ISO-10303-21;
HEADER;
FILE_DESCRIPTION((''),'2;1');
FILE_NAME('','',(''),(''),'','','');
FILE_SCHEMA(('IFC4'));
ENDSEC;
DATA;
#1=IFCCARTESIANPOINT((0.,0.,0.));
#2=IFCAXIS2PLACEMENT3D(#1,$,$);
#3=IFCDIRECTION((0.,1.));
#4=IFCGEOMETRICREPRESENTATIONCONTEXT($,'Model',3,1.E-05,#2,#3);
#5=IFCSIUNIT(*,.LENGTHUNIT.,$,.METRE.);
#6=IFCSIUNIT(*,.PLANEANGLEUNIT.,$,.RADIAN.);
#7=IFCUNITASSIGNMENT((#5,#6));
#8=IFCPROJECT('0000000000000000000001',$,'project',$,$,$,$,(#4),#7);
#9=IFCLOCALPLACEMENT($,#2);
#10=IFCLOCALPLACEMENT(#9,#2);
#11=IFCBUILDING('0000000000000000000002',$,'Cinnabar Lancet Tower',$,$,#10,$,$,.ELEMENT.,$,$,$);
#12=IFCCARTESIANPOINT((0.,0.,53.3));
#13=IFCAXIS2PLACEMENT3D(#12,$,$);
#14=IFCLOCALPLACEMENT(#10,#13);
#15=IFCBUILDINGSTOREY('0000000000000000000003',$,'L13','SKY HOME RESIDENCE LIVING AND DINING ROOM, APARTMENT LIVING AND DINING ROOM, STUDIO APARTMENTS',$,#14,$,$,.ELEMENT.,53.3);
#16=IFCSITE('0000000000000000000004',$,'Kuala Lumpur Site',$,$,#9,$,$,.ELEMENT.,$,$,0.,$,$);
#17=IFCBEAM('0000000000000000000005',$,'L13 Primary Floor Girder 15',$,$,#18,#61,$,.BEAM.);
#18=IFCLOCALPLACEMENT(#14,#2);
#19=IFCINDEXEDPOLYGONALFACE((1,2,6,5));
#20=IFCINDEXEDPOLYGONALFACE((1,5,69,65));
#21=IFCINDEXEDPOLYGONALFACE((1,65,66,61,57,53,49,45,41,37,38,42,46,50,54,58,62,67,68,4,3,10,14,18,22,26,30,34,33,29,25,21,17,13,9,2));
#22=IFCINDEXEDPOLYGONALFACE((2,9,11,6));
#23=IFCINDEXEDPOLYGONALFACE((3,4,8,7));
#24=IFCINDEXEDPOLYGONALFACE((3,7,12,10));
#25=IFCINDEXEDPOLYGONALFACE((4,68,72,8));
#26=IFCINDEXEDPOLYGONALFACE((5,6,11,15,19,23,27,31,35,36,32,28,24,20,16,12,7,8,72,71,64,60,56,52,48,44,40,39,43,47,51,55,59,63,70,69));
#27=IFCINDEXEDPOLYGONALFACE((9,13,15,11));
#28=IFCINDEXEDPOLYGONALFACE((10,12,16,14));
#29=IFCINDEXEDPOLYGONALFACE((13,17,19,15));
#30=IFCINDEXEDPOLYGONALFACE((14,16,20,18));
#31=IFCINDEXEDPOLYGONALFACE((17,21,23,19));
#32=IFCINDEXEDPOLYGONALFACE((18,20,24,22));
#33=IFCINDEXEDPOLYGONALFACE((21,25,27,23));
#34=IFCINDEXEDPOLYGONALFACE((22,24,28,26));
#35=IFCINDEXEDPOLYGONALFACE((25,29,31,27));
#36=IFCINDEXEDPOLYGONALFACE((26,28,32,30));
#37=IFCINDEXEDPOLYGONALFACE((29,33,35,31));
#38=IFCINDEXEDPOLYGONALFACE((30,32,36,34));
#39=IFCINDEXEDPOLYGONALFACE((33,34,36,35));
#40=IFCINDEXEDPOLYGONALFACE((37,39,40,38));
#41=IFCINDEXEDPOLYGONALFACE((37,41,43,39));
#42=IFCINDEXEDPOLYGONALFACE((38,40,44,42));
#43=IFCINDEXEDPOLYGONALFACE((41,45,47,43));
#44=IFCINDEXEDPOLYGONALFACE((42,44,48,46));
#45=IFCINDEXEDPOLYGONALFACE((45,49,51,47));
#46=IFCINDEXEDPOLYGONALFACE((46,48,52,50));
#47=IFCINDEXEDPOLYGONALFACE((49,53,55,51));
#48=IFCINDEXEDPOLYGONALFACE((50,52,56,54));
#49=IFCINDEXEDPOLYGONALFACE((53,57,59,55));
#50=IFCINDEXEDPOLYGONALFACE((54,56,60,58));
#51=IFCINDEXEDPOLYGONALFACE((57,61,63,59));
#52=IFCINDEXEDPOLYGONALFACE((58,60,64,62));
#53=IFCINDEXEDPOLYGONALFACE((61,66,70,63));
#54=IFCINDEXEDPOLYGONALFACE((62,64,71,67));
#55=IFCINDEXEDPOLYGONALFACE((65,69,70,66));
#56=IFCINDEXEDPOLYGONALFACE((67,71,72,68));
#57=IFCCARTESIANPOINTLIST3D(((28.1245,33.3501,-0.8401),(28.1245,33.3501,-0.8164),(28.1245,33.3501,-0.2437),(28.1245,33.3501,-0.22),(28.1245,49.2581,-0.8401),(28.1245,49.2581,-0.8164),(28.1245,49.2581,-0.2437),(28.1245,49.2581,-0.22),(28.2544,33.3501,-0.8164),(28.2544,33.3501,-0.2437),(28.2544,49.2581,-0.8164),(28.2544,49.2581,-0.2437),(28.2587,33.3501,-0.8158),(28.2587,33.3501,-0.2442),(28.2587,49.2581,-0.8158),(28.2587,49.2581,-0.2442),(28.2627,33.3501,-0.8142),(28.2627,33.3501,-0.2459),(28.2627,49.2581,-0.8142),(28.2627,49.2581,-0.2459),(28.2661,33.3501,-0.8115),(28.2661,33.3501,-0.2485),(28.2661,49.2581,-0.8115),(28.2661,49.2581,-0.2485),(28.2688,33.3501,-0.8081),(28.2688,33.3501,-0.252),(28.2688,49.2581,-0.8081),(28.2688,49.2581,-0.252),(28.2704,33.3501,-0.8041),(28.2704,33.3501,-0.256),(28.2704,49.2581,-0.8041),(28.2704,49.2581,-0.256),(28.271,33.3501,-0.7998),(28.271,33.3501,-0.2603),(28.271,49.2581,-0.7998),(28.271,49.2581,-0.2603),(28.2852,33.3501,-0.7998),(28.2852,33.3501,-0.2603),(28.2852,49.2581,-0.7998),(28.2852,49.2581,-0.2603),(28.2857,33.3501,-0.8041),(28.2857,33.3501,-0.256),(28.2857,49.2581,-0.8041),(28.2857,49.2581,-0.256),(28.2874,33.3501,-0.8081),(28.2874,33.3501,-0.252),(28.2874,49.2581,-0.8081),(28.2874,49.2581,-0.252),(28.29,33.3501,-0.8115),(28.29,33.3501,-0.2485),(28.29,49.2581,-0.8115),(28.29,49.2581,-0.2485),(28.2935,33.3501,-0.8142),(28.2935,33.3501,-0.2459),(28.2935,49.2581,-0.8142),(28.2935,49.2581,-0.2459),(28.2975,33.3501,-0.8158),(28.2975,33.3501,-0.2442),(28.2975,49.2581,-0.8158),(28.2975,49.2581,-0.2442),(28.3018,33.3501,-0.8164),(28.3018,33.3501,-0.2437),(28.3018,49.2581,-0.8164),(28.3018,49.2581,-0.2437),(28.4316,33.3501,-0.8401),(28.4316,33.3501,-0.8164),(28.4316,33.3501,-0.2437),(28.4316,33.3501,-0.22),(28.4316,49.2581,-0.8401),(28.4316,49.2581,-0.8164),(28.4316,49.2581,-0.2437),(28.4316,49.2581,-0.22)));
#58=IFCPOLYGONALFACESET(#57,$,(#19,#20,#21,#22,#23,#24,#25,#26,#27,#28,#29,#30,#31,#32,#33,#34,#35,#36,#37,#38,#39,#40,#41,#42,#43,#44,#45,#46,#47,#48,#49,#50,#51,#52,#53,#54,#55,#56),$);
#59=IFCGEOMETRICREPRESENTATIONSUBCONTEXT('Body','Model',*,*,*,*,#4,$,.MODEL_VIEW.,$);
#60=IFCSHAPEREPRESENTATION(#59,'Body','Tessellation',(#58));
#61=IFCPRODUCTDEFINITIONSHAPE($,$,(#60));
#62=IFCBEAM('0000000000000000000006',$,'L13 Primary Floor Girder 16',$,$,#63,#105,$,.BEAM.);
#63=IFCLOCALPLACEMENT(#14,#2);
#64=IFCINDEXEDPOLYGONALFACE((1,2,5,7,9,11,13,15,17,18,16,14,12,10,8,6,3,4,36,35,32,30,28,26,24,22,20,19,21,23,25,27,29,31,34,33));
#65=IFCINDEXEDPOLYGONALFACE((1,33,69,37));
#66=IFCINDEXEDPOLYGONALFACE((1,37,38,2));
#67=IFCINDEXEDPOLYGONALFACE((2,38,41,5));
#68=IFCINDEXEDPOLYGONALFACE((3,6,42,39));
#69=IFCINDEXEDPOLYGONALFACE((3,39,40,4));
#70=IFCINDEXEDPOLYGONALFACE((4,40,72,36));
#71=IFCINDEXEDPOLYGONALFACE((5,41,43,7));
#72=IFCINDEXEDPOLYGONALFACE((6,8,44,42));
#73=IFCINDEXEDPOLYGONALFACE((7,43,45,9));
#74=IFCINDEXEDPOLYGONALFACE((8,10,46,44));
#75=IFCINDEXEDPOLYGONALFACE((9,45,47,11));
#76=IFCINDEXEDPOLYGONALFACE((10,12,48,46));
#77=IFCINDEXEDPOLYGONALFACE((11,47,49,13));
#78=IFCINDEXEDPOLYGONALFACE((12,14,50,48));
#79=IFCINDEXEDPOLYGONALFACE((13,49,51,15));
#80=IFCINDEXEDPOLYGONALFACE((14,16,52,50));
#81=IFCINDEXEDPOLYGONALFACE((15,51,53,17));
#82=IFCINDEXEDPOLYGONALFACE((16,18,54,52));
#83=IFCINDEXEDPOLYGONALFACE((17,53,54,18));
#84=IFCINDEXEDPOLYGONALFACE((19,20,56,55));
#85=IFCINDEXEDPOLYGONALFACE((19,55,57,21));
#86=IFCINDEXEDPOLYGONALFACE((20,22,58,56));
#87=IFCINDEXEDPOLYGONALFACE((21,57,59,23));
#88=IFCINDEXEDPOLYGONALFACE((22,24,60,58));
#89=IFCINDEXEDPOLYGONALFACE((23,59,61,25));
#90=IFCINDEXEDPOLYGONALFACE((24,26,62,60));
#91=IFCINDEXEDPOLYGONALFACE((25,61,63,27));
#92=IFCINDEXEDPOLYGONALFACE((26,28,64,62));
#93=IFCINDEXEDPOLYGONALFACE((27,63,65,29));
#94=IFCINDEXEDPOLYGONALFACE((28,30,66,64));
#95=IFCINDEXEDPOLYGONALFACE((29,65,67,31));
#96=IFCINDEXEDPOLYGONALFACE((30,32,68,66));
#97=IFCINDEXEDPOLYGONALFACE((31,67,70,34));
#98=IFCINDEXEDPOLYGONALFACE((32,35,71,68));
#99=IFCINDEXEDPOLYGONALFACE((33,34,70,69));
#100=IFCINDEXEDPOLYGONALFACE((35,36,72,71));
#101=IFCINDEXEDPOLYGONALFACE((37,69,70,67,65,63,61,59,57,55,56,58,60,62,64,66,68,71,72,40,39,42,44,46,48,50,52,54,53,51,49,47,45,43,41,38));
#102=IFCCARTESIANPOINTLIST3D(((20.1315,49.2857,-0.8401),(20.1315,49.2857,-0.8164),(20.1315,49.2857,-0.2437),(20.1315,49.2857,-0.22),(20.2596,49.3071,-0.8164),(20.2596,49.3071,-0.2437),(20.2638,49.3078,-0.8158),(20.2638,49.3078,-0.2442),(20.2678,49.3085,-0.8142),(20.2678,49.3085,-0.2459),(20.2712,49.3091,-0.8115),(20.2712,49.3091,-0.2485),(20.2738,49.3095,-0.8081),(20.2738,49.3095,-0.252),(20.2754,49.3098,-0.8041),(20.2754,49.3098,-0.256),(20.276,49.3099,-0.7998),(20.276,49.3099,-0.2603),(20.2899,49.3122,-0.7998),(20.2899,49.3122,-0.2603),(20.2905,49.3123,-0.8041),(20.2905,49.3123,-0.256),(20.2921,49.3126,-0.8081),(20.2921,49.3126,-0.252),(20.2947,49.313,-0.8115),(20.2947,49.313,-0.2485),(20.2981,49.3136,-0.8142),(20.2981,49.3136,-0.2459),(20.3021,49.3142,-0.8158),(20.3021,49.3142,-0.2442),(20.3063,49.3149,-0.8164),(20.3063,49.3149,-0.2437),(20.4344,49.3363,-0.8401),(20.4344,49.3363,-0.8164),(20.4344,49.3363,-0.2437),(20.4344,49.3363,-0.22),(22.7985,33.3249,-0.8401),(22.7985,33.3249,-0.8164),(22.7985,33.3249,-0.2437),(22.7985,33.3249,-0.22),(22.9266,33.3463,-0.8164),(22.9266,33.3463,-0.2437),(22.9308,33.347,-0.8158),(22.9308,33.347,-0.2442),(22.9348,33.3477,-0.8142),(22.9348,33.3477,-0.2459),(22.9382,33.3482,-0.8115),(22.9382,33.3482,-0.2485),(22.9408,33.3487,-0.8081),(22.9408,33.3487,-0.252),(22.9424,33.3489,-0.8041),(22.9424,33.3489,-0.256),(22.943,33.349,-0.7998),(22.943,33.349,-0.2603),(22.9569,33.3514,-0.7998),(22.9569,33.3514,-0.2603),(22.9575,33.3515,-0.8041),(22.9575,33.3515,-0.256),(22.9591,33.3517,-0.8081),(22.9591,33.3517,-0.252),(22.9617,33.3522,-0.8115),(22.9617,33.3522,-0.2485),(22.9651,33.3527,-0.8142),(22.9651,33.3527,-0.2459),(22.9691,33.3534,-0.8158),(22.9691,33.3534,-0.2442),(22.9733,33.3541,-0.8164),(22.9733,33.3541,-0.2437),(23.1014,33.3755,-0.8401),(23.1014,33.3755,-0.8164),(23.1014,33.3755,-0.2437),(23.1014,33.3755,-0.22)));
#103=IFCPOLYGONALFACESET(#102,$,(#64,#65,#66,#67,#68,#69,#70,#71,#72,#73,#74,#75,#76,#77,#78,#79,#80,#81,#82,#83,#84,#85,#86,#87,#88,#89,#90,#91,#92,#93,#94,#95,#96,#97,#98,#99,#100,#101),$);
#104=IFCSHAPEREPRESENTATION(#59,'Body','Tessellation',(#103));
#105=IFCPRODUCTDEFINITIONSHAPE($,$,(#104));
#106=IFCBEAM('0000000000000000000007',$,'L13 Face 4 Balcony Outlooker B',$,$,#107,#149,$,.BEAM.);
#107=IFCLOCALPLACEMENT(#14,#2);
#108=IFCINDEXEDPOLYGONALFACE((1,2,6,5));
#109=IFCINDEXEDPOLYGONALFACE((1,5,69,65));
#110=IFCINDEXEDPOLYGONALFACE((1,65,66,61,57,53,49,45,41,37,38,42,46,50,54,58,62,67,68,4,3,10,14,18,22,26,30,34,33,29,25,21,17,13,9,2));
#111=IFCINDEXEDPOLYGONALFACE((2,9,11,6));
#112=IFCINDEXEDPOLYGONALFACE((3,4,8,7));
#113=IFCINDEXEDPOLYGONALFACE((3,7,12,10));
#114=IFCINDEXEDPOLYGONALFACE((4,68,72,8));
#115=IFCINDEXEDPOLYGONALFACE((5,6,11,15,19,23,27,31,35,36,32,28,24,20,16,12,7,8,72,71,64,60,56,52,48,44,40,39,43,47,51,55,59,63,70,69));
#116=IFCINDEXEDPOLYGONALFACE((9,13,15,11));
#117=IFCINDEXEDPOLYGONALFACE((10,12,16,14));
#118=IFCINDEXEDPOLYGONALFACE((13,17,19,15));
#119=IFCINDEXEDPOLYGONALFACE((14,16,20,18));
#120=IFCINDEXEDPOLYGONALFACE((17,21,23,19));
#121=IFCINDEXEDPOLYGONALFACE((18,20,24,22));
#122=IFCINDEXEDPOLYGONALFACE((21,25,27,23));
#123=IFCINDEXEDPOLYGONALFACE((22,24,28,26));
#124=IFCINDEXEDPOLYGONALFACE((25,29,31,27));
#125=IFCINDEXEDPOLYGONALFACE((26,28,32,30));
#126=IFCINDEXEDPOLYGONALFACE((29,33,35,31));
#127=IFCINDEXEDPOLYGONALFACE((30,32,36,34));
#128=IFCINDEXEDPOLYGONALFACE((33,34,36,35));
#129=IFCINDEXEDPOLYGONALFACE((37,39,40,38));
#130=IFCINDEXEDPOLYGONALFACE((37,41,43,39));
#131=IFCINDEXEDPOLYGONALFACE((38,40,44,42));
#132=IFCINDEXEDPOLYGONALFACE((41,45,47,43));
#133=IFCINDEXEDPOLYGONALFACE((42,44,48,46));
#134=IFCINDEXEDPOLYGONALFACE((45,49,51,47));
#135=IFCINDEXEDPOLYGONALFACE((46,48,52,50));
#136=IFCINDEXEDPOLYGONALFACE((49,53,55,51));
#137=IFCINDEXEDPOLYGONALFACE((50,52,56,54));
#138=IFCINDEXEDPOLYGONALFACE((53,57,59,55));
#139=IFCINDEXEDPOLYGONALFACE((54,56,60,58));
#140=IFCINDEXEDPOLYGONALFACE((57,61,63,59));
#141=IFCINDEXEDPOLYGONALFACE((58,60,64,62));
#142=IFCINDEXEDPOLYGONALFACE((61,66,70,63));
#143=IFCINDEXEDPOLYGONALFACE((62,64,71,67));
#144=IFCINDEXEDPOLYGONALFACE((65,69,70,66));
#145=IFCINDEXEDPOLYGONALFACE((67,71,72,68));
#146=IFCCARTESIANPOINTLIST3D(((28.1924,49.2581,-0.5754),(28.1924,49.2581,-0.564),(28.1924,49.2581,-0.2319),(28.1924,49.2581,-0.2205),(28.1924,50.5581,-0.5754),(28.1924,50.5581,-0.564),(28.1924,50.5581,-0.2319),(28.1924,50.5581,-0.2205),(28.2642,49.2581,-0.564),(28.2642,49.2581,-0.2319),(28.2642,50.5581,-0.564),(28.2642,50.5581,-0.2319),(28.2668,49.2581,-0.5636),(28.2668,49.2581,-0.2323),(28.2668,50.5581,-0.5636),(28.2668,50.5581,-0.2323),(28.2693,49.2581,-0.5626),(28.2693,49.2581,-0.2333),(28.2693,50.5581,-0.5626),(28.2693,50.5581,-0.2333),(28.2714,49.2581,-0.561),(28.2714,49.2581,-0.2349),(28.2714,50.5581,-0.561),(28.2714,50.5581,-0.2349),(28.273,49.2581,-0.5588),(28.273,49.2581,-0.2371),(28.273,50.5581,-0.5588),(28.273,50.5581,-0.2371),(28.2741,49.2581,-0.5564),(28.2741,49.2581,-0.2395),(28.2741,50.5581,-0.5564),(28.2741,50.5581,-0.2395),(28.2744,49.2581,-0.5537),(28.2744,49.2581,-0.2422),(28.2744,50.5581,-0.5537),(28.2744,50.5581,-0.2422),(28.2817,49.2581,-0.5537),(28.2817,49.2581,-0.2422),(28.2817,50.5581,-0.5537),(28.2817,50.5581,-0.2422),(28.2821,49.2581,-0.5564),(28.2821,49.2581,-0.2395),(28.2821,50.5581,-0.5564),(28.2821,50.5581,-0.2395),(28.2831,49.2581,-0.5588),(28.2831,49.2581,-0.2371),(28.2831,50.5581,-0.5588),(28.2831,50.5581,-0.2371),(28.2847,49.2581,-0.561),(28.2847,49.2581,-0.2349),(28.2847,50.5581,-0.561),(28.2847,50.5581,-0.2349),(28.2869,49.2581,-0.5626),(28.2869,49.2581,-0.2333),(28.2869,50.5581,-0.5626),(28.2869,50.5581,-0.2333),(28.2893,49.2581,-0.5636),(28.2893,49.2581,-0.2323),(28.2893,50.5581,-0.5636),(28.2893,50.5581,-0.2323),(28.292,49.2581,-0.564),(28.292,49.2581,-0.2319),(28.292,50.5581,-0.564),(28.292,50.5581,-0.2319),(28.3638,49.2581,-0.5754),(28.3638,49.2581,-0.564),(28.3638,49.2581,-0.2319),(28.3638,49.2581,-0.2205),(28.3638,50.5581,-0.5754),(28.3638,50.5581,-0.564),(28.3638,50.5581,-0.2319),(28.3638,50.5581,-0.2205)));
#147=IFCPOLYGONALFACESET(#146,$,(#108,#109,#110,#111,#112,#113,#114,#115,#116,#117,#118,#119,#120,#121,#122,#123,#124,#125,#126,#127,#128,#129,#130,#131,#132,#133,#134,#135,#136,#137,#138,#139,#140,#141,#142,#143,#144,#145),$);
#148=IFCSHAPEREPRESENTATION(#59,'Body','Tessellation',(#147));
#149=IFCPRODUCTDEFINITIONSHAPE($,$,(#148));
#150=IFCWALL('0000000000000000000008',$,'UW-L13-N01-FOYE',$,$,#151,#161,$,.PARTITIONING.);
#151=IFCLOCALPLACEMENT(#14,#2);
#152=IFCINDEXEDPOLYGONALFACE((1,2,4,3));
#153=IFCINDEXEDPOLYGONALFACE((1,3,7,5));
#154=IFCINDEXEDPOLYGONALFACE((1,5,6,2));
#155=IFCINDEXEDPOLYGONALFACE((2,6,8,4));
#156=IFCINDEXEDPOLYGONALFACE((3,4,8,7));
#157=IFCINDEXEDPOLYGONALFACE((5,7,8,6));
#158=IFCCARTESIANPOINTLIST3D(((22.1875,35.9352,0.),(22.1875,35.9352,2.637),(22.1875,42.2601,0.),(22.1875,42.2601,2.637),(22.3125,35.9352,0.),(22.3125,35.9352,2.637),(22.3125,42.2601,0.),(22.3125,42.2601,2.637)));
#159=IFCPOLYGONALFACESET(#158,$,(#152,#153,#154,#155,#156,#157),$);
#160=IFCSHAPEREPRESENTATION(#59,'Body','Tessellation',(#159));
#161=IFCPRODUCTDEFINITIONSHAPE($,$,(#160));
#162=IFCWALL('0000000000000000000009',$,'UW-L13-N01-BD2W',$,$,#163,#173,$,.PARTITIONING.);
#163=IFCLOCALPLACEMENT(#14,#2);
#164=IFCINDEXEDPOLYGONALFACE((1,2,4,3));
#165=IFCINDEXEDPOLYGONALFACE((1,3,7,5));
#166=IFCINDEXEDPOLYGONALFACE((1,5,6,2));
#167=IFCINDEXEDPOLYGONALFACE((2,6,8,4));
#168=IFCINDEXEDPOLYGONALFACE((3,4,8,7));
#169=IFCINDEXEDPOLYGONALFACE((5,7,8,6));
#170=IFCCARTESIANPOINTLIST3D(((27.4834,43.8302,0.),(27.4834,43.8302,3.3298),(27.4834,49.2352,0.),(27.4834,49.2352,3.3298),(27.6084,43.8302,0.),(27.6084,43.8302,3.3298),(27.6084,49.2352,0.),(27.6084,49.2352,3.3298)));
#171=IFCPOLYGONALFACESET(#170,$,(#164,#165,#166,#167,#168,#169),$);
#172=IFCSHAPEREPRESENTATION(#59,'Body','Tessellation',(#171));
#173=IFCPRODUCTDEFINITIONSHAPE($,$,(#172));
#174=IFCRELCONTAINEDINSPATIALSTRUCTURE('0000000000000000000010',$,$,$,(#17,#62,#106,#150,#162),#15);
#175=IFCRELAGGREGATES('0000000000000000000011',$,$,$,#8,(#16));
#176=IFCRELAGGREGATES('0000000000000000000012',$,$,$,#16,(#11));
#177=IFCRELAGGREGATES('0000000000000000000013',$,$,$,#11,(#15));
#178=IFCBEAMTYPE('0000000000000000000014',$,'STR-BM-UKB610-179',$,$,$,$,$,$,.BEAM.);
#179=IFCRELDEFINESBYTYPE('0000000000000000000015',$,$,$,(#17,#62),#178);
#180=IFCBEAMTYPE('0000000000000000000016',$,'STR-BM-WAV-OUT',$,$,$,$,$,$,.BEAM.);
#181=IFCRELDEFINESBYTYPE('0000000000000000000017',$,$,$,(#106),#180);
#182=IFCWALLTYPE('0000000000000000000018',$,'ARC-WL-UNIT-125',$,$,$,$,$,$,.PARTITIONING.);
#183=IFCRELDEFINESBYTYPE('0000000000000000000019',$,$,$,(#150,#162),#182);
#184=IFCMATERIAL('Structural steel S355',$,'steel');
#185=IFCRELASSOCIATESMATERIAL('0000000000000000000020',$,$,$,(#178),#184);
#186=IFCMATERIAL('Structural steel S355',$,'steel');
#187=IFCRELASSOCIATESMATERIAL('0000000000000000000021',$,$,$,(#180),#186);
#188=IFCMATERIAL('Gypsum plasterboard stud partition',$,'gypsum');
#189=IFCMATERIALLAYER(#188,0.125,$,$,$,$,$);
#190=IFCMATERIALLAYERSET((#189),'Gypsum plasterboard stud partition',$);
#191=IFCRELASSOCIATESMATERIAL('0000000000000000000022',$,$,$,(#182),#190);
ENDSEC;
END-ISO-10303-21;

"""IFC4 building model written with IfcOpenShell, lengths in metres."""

from ifc_helpers import new_model, si_unit, direction, frame, frame_2d, origin, origin_2d, place, context, subcontext, project, spatial, rectangle, i_section, extrude, material, layer, layer_set, material_profile, profile_set, type_object, element, save


model = new_model("IFC4")

# Units and contexts
model_context = context("Model", 3, precision=1e-05, world=origin(), true_north=direction((0.0, 1.0)))
body_context = subcontext(model_context, "Body", "Model", "MODEL_VIEW")
ifc_project = project(units=[si_unit("LENGTHUNIT", "METRE"), si_unit("PLANEANGLEUNIT", "RADIAN")], contexts=[model_context])

# Site, building, storey
site_placement = place(None, origin())
site = spatial("IfcSite", under=ifc_project, at=site_placement, Name="Kuala Lumpur Site", CompositionType="ELEMENT", RefElevation=0.0)
building_placement = place(site_placement, origin())
building = spatial("IfcBuilding", under=site, at=building_placement, Name="Cinnabar Lancet Tower", CompositionType="ELEMENT")
storey_placement = place(building_placement, frame((0.0, 0.0, 53.3)))
storey = spatial("IfcBuildingStorey", under=building, at=storey_placement, Name="L13", Description="SKY HOME RESIDENCE LIVING AND DINING ROOM, APARTMENT LIVING AND DINING ROOM, STUDIO APARTMENTS", CompositionType="ELEMENT", Elevation=53.3)

# Beams
ifc_material_1 = material(Name="Structural steel S355", Category="steel")
ifc_material_profile_1 = material_profile(ifc_material_1, i_section(OverallWidth=0.3071, OverallDepth=0.6201, WebThickness=0.0142, FlangeThickness=0.0237, FilletRadius=0.0166, at=origin_2d()), Name="UKB 610x305x179")
ifc_profile_set_1 = profile_set([ifc_material_profile_1], Name="Structural steel S355")
beam_type_1 = type_object("IfcBeamType", Name="STR-BM-UKB610-179", PredefinedType="BEAM", material=ifc_profile_set_1)
beam_1_placement = place(storey_placement, frame((28.2781, 49.2581, -0.53), z_axis=(0.0, -1.0, 0.0), x_axis=(1.0, 0.0, 0.0)))
element("IfcBeam", 1, at=beam_1_placement, inside=storey, type_object=beam_type_1, Name="L13 Primary Floor Girder 15", PredefinedType="BEAM", context=body_context, shape_type="SweptSolid", body=[
    extrude(i_section(OverallWidth=0.3071, OverallDepth=0.6201, WebThickness=0.0142, FlangeThickness=0.0237, FilletRadius=0.0166, at=origin_2d()), origin(), (0.0, 0.0, 1.0), 15.908),
])
beam_2_placement = place(storey_placement, frame((20.283, 49.311, -0.53), z_axis=(0.16481, -0.986325, 0.0), x_axis=(0.986325, 0.16481, 0.0)))
element("IfcBeam", 2, at=beam_2_placement, inside=storey, type_object=beam_type_1, Name="L13 Primary Floor Girder 16", PredefinedType="BEAM", context=body_context, shape_type="SweptSolid", body=[
    extrude(i_section(OverallWidth=0.3071, OverallDepth=0.6201, WebThickness=0.0142, FlangeThickness=0.0237, FilletRadius=0.0166, at=origin_2d()), origin(), (0.0, 0.0, 1.0), 16.1821),
])
ifc_material_2 = material(Name="Structural steel S355", Category="steel")
ifc_material_profile_2 = material_profile(ifc_material_2, i_section(OverallWidth=0.1714, OverallDepth=0.355, WebThickness=0.0073, FlangeThickness=0.0115, FilletRadius=0.0103, at=origin_2d()), Name="UKB 356x171x51")
ifc_profile_set_2 = profile_set([ifc_material_profile_2], Name="Structural steel S355")
beam_type_2 = type_object("IfcBeamType", Name="STR-BM-WAV-OUT", PredefinedType="BEAM", material=ifc_profile_set_2)
beam_3_placement = place(storey_placement, frame((28.2781, 49.2581, -0.3979), z_axis=(0.0, 1.0, 0.0), x_axis=(-1.0, 0.0, 0.0)))
element("IfcBeam", 3, at=beam_3_placement, inside=storey, type_object=beam_type_2, Name="L13 Face 4 Balcony Outlooker B", PredefinedType="BEAM", context=body_context, shape_type="SweptSolid", body=[
    extrude(i_section(OverallWidth=0.1714, OverallDepth=0.355, WebThickness=0.0073, FlangeThickness=0.0115, FilletRadius=0.0103, at=origin_2d()), origin(), (0.0, 0.0, 1.0), 1.3),
])

# Walls
ifc_material_3 = material(Name="Gypsum plasterboard stud partition", Category="gypsum")
ifc_layer_1 = layer(ifc_material_3, 0.125)
ifc_layer_set_1 = layer_set([ifc_layer_1], Name="Gypsum plasterboard stud partition")
wall_type_1 = type_object("IfcWallType", Name="ARC-WL-UNIT-125", PredefinedType="PARTITIONING", material=ifc_layer_set_1)
wall_1_placement = place(storey_placement, frame((22.25, 35.9351, 0.0), z_axis=(0.0, 0.0, 1.0), x_axis=(0.0, 1.0, 0.0)))
element("IfcWall", 4, at=wall_1_placement, inside=storey, type_object=wall_type_1, Name="UW-L13-N01-FOYE", PredefinedType="PARTITIONING", context=body_context, shape_type="SweptSolid", body=[
    extrude(rectangle(XDim=6.325, YDim=0.125, at=frame_2d((3.1626, 0.0))), origin(), (0.0, 0.0, 1.0), 2.637),
])
wall_2_placement = place(storey_placement, frame((27.5459, 43.8301, 0.0), z_axis=(0.0, 0.0, 1.0), x_axis=(0.0, 1.0, 0.0)))
element("IfcWall", 5, at=wall_2_placement, inside=storey, type_object=wall_type_1, Name="UW-L13-N01-BD2W", PredefinedType="PARTITIONING", context=body_context, shape_type="SweptSolid", body=[
    extrude(rectangle(XDim=5.405, YDim=0.125, at=frame_2d((2.7026, 0.0))), origin(), (0.0, 0.0, 1.0), 3.3298),
])

save(model, "model.ifc")
